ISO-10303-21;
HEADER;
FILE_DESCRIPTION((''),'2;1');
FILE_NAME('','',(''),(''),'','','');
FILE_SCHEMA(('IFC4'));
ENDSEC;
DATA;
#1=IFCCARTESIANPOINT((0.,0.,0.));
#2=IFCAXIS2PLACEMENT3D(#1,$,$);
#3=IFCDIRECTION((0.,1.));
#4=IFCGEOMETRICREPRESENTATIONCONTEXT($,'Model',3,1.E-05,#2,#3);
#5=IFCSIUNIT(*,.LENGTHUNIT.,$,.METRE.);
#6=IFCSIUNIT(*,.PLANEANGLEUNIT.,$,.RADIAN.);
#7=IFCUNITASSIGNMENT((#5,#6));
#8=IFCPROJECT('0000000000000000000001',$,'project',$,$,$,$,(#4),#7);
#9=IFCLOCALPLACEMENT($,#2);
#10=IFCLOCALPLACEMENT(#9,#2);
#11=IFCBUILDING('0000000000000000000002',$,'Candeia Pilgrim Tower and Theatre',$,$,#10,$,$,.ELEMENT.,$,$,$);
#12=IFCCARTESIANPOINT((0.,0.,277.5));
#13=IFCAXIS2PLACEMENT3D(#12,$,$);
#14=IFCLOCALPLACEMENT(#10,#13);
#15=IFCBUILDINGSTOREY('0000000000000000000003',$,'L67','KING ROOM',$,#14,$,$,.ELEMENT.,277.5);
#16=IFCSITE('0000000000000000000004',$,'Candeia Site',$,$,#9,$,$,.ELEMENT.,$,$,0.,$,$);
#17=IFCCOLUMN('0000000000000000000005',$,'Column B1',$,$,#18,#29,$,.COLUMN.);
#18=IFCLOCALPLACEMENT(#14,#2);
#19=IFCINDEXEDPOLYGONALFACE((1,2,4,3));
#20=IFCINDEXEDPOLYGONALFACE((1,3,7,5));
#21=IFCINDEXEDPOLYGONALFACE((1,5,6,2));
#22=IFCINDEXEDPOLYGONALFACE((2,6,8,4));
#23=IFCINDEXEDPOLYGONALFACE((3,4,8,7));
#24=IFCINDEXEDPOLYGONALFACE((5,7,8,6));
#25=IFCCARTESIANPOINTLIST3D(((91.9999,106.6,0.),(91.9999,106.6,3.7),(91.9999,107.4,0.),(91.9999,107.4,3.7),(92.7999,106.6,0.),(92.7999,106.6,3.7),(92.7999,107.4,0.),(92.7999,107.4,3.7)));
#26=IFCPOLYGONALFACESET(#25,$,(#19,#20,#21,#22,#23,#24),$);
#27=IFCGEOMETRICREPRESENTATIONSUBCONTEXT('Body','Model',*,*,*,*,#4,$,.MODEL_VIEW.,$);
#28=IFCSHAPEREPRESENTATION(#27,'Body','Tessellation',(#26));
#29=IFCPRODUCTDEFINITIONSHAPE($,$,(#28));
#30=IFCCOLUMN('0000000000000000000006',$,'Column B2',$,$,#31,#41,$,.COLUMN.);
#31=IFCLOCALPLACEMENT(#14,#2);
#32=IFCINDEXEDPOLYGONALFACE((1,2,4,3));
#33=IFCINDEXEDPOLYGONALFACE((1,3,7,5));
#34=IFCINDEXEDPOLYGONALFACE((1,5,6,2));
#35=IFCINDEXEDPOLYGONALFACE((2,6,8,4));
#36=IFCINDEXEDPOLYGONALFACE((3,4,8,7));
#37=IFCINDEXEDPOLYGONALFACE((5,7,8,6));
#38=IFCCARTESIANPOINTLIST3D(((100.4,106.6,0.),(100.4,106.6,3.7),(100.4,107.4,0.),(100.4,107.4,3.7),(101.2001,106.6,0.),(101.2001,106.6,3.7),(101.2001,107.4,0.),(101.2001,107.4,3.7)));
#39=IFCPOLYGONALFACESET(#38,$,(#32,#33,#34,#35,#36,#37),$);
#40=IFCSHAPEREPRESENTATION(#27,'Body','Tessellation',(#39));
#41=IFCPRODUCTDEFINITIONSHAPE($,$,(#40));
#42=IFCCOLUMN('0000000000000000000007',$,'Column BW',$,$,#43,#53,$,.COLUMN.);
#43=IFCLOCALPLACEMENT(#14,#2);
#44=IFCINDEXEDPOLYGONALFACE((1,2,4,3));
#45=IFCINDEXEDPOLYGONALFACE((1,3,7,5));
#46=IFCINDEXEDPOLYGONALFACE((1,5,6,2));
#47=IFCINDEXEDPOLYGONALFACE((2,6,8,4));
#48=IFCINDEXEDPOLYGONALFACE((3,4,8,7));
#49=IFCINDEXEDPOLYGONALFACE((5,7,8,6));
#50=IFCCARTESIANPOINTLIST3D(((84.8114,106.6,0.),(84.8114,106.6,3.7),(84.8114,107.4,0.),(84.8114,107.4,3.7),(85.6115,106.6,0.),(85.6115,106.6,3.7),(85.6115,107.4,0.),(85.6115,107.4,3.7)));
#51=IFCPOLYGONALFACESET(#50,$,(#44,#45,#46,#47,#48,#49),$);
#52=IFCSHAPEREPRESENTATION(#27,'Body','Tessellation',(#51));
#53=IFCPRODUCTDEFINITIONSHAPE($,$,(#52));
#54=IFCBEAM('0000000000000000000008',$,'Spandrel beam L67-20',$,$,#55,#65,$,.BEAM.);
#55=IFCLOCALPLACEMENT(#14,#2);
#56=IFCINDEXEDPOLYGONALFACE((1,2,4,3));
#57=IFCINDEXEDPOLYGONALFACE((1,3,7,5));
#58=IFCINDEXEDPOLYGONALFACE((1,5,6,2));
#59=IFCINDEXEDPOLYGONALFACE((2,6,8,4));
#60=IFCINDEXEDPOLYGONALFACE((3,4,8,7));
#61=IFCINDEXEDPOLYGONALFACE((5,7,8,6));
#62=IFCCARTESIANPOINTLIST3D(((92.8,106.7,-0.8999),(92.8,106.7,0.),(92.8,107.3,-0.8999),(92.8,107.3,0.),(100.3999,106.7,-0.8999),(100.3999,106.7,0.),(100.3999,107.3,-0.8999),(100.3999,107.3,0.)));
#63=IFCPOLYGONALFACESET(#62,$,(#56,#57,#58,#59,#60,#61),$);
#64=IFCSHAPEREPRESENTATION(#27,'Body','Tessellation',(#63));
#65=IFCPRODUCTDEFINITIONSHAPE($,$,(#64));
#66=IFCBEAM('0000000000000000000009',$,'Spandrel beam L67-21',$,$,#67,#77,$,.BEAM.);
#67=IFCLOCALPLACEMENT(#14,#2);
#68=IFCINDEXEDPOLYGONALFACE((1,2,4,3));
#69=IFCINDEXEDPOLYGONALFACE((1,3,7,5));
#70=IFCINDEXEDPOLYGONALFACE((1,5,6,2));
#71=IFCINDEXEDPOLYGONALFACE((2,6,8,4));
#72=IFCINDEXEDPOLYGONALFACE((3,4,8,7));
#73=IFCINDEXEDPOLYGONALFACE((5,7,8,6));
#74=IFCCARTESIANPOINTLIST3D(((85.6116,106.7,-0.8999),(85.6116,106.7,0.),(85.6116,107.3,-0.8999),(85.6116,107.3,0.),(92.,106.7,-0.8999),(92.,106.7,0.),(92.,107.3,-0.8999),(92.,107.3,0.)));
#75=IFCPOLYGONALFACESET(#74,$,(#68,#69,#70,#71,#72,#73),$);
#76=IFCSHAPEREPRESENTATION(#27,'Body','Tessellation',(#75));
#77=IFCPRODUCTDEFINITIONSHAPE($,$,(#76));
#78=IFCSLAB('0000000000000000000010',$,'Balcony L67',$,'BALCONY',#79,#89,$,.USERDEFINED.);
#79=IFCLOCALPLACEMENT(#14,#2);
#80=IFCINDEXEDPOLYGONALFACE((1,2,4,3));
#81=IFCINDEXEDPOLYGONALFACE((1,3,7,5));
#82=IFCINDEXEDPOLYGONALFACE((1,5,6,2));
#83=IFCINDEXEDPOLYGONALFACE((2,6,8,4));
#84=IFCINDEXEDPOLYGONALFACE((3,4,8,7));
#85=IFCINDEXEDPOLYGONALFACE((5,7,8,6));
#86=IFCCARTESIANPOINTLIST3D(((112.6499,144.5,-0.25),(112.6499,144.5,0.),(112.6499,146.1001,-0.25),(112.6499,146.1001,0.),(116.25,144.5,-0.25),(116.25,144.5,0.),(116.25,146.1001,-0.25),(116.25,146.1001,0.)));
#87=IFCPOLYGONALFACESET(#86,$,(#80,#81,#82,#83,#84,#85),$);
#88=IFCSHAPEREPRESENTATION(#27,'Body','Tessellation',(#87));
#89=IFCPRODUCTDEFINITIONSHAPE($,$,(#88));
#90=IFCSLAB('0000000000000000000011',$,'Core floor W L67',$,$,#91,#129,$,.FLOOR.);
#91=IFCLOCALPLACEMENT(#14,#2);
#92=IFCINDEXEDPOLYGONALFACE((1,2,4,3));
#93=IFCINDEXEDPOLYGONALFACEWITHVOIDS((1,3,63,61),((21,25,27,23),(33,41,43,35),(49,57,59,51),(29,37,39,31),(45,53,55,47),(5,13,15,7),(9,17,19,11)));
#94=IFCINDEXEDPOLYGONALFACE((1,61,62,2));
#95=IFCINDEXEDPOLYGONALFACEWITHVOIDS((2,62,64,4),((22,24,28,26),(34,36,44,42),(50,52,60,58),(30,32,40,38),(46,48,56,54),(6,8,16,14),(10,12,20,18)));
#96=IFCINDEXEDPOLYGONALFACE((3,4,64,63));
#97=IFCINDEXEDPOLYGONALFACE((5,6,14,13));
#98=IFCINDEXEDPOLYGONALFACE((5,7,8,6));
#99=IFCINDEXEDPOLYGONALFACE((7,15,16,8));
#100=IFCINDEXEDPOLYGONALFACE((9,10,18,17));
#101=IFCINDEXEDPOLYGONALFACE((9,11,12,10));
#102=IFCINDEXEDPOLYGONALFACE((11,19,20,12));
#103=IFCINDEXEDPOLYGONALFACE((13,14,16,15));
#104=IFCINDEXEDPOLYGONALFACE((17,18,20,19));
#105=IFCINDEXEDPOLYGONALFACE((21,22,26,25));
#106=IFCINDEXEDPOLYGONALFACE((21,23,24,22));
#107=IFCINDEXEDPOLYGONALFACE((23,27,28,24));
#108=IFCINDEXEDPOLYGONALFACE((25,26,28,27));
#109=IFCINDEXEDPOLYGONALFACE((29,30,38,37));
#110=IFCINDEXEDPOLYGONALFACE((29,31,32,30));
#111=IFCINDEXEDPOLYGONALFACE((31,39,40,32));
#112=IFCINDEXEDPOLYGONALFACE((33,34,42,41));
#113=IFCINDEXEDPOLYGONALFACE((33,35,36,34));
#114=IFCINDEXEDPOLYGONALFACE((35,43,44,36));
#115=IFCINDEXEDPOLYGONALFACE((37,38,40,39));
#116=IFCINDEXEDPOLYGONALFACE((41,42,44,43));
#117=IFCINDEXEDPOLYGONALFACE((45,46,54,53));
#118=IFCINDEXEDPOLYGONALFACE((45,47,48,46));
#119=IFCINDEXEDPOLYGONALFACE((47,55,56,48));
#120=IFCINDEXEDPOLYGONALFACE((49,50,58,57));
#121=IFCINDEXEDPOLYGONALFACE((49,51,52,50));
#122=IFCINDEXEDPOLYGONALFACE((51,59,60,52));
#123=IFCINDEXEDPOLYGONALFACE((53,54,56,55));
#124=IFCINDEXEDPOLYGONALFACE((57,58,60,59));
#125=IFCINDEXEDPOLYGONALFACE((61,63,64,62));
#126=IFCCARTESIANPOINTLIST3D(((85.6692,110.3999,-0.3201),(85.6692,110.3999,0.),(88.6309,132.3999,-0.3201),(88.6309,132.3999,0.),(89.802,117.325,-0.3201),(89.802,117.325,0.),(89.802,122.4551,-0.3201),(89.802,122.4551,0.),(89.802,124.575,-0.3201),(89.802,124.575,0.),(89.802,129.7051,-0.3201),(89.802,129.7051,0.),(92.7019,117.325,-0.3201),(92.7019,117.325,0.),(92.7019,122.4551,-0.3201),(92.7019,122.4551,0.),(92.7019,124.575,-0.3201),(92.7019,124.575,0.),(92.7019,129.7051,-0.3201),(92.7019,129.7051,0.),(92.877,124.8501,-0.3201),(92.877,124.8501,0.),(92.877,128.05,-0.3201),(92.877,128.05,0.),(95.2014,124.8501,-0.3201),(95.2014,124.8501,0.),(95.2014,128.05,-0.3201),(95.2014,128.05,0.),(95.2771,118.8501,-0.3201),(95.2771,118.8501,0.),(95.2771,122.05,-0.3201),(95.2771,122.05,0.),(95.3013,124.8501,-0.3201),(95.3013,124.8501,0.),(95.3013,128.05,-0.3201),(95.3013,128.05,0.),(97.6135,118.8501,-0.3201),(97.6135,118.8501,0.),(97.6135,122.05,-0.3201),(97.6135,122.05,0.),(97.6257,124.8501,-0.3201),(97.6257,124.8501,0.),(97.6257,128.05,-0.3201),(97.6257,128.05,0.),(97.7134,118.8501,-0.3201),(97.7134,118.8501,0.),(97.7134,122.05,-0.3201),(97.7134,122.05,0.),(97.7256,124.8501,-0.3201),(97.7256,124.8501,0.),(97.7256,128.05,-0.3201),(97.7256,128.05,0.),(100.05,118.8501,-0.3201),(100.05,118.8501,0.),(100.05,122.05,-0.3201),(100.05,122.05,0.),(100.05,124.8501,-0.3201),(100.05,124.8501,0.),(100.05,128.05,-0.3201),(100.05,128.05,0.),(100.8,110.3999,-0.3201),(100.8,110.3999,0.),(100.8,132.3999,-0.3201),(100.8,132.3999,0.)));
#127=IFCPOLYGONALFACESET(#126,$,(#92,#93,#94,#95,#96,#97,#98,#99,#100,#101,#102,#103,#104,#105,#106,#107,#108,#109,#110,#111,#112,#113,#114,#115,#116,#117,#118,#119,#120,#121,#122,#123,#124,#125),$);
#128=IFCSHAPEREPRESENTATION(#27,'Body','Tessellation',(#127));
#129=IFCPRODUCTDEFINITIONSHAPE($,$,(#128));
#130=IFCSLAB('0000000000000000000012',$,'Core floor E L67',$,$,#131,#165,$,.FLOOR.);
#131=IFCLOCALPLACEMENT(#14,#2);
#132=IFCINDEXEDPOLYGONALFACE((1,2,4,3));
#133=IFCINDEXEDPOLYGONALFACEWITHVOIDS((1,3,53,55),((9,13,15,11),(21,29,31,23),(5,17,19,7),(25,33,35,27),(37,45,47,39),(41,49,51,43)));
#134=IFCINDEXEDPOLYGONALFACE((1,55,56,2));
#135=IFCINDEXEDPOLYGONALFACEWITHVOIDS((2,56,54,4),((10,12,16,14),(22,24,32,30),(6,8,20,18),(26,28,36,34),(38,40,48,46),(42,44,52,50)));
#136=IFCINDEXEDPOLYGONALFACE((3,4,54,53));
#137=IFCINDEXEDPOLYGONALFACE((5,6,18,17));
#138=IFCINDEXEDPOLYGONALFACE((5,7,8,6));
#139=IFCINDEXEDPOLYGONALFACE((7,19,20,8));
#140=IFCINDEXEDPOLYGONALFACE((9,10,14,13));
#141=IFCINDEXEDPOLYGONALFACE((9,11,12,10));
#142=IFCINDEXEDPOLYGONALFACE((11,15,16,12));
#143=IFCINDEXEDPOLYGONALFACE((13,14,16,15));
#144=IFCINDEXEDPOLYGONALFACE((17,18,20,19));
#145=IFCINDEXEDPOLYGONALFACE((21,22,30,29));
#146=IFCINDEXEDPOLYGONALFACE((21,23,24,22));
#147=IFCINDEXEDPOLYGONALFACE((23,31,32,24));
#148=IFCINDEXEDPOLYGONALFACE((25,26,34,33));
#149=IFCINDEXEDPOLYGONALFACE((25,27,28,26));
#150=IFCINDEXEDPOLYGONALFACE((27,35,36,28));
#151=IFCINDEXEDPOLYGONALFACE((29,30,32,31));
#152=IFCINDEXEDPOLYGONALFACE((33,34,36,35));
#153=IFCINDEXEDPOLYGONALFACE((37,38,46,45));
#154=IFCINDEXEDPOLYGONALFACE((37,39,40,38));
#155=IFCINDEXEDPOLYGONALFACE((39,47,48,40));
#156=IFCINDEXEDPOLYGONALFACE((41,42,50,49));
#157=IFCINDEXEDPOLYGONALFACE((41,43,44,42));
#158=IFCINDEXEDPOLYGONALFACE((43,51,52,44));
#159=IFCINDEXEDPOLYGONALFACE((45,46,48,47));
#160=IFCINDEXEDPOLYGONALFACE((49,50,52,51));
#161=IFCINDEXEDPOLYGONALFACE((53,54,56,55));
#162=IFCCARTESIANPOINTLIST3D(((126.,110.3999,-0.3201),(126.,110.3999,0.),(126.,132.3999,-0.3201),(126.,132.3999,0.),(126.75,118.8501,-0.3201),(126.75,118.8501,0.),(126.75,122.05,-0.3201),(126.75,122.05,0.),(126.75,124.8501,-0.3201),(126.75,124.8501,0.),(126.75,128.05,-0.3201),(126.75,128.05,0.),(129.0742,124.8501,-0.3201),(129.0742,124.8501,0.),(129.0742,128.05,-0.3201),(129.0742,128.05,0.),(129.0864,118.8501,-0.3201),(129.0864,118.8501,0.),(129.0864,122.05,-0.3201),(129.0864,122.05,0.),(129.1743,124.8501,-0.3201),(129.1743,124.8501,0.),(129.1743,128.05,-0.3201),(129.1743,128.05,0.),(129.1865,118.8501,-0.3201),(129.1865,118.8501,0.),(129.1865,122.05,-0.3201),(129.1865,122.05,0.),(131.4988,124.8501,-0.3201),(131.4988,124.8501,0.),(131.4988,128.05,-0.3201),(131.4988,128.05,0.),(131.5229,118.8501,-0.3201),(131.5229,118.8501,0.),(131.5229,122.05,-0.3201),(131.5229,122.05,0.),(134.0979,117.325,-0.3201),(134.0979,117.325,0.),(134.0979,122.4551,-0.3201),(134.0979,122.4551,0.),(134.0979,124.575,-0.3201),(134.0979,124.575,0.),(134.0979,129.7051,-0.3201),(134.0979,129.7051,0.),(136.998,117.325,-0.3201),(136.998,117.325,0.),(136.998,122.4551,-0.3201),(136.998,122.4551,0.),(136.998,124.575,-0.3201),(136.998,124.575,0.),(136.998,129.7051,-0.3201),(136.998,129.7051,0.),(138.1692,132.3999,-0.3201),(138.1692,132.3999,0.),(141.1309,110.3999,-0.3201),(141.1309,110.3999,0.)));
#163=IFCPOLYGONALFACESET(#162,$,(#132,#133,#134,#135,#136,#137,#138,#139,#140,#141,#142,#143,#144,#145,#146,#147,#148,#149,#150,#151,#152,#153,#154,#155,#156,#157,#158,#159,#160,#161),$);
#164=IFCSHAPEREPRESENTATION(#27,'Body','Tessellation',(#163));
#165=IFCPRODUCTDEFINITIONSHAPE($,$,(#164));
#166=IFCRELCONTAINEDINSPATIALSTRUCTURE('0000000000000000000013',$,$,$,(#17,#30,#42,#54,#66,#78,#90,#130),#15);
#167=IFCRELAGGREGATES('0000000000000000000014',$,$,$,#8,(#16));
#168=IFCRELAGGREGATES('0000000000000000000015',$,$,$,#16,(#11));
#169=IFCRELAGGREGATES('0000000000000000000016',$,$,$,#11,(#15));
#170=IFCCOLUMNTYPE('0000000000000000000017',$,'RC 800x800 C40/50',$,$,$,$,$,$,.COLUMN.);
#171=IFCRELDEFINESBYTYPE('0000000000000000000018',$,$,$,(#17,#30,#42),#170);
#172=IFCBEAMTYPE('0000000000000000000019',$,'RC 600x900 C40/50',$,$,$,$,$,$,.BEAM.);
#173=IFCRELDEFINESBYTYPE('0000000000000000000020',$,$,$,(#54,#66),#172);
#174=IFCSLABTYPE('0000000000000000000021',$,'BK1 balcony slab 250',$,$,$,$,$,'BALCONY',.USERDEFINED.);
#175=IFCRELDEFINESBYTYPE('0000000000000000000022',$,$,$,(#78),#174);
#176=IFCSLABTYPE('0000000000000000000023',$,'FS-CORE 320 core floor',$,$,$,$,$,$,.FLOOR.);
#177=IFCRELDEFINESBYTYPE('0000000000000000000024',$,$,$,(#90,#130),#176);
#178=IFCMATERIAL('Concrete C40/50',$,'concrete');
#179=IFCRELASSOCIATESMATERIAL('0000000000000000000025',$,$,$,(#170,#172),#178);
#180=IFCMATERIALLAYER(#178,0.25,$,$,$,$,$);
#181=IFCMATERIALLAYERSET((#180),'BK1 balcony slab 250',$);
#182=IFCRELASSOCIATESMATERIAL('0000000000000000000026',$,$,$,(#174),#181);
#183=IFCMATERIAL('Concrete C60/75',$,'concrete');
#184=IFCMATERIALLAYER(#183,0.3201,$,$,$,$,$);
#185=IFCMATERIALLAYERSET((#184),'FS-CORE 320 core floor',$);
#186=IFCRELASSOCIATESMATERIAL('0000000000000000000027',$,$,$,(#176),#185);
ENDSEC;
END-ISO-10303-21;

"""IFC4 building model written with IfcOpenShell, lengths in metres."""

from ifc_helpers import new_model, si_unit, direction, frame, origin, origin_2d, place, context, subcontext, project, spatial, polyline, rectangle, outline, extrude, material, layer, layer_set, material_profile, profile_set, type_object, element, save


model = new_model("IFC4")

# Units and contexts
model_context = context("Model", 3, precision=1e-05, world=origin(), true_north=direction((0.0, 1.0)))
body_context = subcontext(model_context, "Body", "Model", "MODEL_VIEW")
ifc_project = project(units=[si_unit("LENGTHUNIT", "METRE"), si_unit("PLANEANGLEUNIT", "RADIAN")], contexts=[model_context])

# Site, building, storey
site_placement = place(None, origin())
site = spatial("IfcSite", under=ifc_project, at=site_placement, Name="Candeia Site", CompositionType="ELEMENT", RefElevation=0.0)
building_placement = place(site_placement, origin())
building = spatial("IfcBuilding", under=site, at=building_placement, Name="Candeia Pilgrim Tower and Theatre", CompositionType="ELEMENT")
storey_placement = place(building_placement, frame((0.0, 0.0, 277.5)))
storey = spatial("IfcBuildingStorey", under=building, at=storey_placement, Name="L67", Description="KING ROOM", CompositionType="ELEMENT", Elevation=277.5)

# Columns
ifc_material_1 = material(Name="Concrete C40/50", Category="concrete")
ifc_material_profile_1 = material_profile(ifc_material_1, rectangle(XDim=0.8, YDim=0.8, at=origin_2d()))
ifc_profile_set_1 = profile_set([ifc_material_profile_1], Name="Concrete C40/50")
column_type = type_object("IfcColumnType", Name="RC 800x800 C40/50", PredefinedType="COLUMN", material=ifc_profile_set_1)
for number, where, z_axis, x_axis, name in (
    (1, (92.3999, 107.0, 0.0), (0.0, 0.0, 1.0), (1.0, 0.0, 0.0), "Column B1"),
    (2, (100.8, 107.0, 0.0), (0.0, 0.0, 1.0), (1.0, 0.0, 0.0), "Column B2"),
    (3, (85.2114, 107.0, 0.0), (0.0, 0.0, 1.0), (1.0, 0.0, 0.0), "Column BW"),
):
    element("IfcColumn", number, at=place(storey_placement, frame(where, z_axis=z_axis, x_axis=x_axis)), inside=storey, type_object=column_type, Name=name, PredefinedType="COLUMN", context=body_context, shape_type="SweptSolid", body=[
        extrude(rectangle(XDim=0.8, YDim=0.8, at=origin_2d()), origin(), (0.0, 0.0, 1.0), 3.7),
    ])

# Beams
ifc_material_profile_2 = material_profile(ifc_material_1, rectangle(XDim=0.6001, YDim=0.8999, at=origin_2d()))
ifc_profile_set_2 = profile_set([ifc_material_profile_2], Name="Concrete C40/50")
beam_type = type_object("IfcBeamType", Name="RC 600x900 C40/50", PredefinedType="BEAM", material=ifc_profile_set_2)
beam_1_placement = place(storey_placement, frame((100.3999, 107.0, -0.45), z_axis=(-1.0, 0.0, 0.0), x_axis=(0.0, -1.0, 0.0)))
element("IfcBeam", 4, at=beam_1_placement, inside=storey, type_object=beam_type, Name="Spandrel beam L67-20", PredefinedType="BEAM", context=body_context, shape_type="SweptSolid", body=[
    extrude(rectangle(XDim=0.6001, YDim=0.8999, at=origin_2d()), origin(), (0.0, 0.0, 1.0), 7.5999),
])
beam_2_placement = place(storey_placement, frame((92.0, 107.0, -0.45), z_axis=(-1.0, 0.0, 0.0), x_axis=(0.0, -1.0, 0.0)))
element("IfcBeam", 5, at=beam_2_placement, inside=storey, type_object=beam_type, Name="Spandrel beam L67-21", PredefinedType="BEAM", context=body_context, shape_type="SweptSolid", body=[
    extrude(rectangle(XDim=0.6001, YDim=0.8999, at=origin_2d()), origin(), (0.0, 0.0, 1.0), 6.3884),
])

# Slabs
ifc_layer_1 = layer(ifc_material_1, 0.25)
ifc_layer_set_1 = layer_set([ifc_layer_1], Name="BK1 balcony slab 250")
slab_type_1 = type_object("IfcSlabType", Name="BK1 balcony slab 250", ElementType="BALCONY", PredefinedType="USERDEFINED", material=ifc_layer_set_1)
slab_1_placement = place(storey_placement, frame((0.0, 0.0, -0.25)))
element("IfcSlab", 6, at=slab_1_placement, inside=storey, type_object=slab_type_1, Name="Balcony L67", ObjectType="BALCONY", PredefinedType="USERDEFINED", context=body_context, shape_type="SweptSolid", body=[
    extrude(outline(polyline([(112.6499, 144.5), (116.25, 144.5), (116.25, 146.1001), (112.6499, 146.1001), (112.6499, 144.5)])), origin(), (0.0, 0.0, 1.0), 0.25),
])
ifc_material_2 = material(Name="Concrete C60/75", Category="concrete")
ifc_layer_2 = layer(ifc_material_2, 0.3201)
ifc_layer_set_2 = layer_set([ifc_layer_2], Name="FS-CORE 320 core floor")
slab_type_2 = type_object("IfcSlabType", Name="FS-CORE 320 core floor", PredefinedType="FLOOR", material=ifc_layer_set_2)
slab_2_placement = place(storey_placement, frame((0.0, 0.0, -0.3201)))
element("IfcSlab", 7, at=slab_2_placement, inside=storey, type_object=slab_type_2, Name="Core floor W L67", PredefinedType="FLOOR", context=body_context, shape_type="SweptSolid", body=[
    extrude(outline(polyline([(100.8, 132.3999), (100.8, 110.3999), (85.6692, 110.3999), (88.6309, 132.3999), (100.8, 132.3999)]), holes=[polyline([(97.7134, 122.05), (97.7134, 118.8501), (100.05, 118.8501), (100.05, 122.05), (97.7134, 122.05)]), polyline([(97.7256, 128.05), (97.7256, 124.8501), (100.05, 124.8501), (100.05, 128.05), (97.7256, 128.05)]), polyline([(95.3013, 128.05), (95.3013, 124.8501), (97.6257, 124.8501), (97.6257, 128.05), (95.3013, 128.05)]), polyline([(95.2771, 122.05), (95.2771, 118.8501), (97.6135, 118.8501), (97.6135, 122.05), (95.2771, 122.05)]), polyline([(92.877, 128.05), (92.877, 124.8501), (95.2014, 124.8501), (95.2014, 128.05), (92.877, 128.05)]), polyline([(89.802, 117.325), (92.7019, 117.325), (92.7019, 122.4551), (89.802, 122.4551), (89.802, 117.325)]), polyline([(89.802, 129.7051), (89.802, 124.575), (92.7019, 124.575), (92.7019, 129.7051), (89.802, 129.7051)])]), origin(), (0.0, 0.0, 1.0), 0.3201),
])
slab_3_placement = place(storey_placement, frame((0.0, 0.0, -0.3201)))
element("IfcSlab", 8, at=slab_3_placement, inside=storey, type_object=slab_type_2, Name="Core floor E L67", PredefinedType="FLOOR", context=body_context, shape_type="SweptSolid", body=[
    extrude(outline(polyline([(138.1692, 132.3999), (141.1309, 110.3999), (126.0, 110.3999), (126.0, 132.3999), (138.1692, 132.3999)]), holes=[polyline([(134.0979, 117.325), (136.998, 117.325), (136.998, 122.4551), (134.0979, 122.4551), (134.0979, 117.325)]), polyline([(134.0979, 129.7051), (134.0979, 124.575), (136.998, 124.575), (136.998, 129.7051), (134.0979, 129.7051)]), polyline([(131.5229, 122.05), (129.1865, 122.05), (129.1865, 118.8501), (131.5229, 118.8501), (131.5229, 122.05)]), polyline([(131.4988, 128.05), (129.1743, 128.05), (129.1743, 124.8501), (131.4988, 124.8501), (131.4988, 128.05)]), polyline([(129.0864, 122.05), (126.75, 122.05), (126.75, 118.8501), (129.0864, 118.8501), (129.0864, 122.05)]), polyline([(126.75, 128.05), (126.75, 124.8501), (129.0742, 124.8501), (129.0742, 128.05), (126.75, 128.05)])]), origin(), (0.0, 0.0, 1.0), 0.3201),
])

save(model, "model.ifc")
